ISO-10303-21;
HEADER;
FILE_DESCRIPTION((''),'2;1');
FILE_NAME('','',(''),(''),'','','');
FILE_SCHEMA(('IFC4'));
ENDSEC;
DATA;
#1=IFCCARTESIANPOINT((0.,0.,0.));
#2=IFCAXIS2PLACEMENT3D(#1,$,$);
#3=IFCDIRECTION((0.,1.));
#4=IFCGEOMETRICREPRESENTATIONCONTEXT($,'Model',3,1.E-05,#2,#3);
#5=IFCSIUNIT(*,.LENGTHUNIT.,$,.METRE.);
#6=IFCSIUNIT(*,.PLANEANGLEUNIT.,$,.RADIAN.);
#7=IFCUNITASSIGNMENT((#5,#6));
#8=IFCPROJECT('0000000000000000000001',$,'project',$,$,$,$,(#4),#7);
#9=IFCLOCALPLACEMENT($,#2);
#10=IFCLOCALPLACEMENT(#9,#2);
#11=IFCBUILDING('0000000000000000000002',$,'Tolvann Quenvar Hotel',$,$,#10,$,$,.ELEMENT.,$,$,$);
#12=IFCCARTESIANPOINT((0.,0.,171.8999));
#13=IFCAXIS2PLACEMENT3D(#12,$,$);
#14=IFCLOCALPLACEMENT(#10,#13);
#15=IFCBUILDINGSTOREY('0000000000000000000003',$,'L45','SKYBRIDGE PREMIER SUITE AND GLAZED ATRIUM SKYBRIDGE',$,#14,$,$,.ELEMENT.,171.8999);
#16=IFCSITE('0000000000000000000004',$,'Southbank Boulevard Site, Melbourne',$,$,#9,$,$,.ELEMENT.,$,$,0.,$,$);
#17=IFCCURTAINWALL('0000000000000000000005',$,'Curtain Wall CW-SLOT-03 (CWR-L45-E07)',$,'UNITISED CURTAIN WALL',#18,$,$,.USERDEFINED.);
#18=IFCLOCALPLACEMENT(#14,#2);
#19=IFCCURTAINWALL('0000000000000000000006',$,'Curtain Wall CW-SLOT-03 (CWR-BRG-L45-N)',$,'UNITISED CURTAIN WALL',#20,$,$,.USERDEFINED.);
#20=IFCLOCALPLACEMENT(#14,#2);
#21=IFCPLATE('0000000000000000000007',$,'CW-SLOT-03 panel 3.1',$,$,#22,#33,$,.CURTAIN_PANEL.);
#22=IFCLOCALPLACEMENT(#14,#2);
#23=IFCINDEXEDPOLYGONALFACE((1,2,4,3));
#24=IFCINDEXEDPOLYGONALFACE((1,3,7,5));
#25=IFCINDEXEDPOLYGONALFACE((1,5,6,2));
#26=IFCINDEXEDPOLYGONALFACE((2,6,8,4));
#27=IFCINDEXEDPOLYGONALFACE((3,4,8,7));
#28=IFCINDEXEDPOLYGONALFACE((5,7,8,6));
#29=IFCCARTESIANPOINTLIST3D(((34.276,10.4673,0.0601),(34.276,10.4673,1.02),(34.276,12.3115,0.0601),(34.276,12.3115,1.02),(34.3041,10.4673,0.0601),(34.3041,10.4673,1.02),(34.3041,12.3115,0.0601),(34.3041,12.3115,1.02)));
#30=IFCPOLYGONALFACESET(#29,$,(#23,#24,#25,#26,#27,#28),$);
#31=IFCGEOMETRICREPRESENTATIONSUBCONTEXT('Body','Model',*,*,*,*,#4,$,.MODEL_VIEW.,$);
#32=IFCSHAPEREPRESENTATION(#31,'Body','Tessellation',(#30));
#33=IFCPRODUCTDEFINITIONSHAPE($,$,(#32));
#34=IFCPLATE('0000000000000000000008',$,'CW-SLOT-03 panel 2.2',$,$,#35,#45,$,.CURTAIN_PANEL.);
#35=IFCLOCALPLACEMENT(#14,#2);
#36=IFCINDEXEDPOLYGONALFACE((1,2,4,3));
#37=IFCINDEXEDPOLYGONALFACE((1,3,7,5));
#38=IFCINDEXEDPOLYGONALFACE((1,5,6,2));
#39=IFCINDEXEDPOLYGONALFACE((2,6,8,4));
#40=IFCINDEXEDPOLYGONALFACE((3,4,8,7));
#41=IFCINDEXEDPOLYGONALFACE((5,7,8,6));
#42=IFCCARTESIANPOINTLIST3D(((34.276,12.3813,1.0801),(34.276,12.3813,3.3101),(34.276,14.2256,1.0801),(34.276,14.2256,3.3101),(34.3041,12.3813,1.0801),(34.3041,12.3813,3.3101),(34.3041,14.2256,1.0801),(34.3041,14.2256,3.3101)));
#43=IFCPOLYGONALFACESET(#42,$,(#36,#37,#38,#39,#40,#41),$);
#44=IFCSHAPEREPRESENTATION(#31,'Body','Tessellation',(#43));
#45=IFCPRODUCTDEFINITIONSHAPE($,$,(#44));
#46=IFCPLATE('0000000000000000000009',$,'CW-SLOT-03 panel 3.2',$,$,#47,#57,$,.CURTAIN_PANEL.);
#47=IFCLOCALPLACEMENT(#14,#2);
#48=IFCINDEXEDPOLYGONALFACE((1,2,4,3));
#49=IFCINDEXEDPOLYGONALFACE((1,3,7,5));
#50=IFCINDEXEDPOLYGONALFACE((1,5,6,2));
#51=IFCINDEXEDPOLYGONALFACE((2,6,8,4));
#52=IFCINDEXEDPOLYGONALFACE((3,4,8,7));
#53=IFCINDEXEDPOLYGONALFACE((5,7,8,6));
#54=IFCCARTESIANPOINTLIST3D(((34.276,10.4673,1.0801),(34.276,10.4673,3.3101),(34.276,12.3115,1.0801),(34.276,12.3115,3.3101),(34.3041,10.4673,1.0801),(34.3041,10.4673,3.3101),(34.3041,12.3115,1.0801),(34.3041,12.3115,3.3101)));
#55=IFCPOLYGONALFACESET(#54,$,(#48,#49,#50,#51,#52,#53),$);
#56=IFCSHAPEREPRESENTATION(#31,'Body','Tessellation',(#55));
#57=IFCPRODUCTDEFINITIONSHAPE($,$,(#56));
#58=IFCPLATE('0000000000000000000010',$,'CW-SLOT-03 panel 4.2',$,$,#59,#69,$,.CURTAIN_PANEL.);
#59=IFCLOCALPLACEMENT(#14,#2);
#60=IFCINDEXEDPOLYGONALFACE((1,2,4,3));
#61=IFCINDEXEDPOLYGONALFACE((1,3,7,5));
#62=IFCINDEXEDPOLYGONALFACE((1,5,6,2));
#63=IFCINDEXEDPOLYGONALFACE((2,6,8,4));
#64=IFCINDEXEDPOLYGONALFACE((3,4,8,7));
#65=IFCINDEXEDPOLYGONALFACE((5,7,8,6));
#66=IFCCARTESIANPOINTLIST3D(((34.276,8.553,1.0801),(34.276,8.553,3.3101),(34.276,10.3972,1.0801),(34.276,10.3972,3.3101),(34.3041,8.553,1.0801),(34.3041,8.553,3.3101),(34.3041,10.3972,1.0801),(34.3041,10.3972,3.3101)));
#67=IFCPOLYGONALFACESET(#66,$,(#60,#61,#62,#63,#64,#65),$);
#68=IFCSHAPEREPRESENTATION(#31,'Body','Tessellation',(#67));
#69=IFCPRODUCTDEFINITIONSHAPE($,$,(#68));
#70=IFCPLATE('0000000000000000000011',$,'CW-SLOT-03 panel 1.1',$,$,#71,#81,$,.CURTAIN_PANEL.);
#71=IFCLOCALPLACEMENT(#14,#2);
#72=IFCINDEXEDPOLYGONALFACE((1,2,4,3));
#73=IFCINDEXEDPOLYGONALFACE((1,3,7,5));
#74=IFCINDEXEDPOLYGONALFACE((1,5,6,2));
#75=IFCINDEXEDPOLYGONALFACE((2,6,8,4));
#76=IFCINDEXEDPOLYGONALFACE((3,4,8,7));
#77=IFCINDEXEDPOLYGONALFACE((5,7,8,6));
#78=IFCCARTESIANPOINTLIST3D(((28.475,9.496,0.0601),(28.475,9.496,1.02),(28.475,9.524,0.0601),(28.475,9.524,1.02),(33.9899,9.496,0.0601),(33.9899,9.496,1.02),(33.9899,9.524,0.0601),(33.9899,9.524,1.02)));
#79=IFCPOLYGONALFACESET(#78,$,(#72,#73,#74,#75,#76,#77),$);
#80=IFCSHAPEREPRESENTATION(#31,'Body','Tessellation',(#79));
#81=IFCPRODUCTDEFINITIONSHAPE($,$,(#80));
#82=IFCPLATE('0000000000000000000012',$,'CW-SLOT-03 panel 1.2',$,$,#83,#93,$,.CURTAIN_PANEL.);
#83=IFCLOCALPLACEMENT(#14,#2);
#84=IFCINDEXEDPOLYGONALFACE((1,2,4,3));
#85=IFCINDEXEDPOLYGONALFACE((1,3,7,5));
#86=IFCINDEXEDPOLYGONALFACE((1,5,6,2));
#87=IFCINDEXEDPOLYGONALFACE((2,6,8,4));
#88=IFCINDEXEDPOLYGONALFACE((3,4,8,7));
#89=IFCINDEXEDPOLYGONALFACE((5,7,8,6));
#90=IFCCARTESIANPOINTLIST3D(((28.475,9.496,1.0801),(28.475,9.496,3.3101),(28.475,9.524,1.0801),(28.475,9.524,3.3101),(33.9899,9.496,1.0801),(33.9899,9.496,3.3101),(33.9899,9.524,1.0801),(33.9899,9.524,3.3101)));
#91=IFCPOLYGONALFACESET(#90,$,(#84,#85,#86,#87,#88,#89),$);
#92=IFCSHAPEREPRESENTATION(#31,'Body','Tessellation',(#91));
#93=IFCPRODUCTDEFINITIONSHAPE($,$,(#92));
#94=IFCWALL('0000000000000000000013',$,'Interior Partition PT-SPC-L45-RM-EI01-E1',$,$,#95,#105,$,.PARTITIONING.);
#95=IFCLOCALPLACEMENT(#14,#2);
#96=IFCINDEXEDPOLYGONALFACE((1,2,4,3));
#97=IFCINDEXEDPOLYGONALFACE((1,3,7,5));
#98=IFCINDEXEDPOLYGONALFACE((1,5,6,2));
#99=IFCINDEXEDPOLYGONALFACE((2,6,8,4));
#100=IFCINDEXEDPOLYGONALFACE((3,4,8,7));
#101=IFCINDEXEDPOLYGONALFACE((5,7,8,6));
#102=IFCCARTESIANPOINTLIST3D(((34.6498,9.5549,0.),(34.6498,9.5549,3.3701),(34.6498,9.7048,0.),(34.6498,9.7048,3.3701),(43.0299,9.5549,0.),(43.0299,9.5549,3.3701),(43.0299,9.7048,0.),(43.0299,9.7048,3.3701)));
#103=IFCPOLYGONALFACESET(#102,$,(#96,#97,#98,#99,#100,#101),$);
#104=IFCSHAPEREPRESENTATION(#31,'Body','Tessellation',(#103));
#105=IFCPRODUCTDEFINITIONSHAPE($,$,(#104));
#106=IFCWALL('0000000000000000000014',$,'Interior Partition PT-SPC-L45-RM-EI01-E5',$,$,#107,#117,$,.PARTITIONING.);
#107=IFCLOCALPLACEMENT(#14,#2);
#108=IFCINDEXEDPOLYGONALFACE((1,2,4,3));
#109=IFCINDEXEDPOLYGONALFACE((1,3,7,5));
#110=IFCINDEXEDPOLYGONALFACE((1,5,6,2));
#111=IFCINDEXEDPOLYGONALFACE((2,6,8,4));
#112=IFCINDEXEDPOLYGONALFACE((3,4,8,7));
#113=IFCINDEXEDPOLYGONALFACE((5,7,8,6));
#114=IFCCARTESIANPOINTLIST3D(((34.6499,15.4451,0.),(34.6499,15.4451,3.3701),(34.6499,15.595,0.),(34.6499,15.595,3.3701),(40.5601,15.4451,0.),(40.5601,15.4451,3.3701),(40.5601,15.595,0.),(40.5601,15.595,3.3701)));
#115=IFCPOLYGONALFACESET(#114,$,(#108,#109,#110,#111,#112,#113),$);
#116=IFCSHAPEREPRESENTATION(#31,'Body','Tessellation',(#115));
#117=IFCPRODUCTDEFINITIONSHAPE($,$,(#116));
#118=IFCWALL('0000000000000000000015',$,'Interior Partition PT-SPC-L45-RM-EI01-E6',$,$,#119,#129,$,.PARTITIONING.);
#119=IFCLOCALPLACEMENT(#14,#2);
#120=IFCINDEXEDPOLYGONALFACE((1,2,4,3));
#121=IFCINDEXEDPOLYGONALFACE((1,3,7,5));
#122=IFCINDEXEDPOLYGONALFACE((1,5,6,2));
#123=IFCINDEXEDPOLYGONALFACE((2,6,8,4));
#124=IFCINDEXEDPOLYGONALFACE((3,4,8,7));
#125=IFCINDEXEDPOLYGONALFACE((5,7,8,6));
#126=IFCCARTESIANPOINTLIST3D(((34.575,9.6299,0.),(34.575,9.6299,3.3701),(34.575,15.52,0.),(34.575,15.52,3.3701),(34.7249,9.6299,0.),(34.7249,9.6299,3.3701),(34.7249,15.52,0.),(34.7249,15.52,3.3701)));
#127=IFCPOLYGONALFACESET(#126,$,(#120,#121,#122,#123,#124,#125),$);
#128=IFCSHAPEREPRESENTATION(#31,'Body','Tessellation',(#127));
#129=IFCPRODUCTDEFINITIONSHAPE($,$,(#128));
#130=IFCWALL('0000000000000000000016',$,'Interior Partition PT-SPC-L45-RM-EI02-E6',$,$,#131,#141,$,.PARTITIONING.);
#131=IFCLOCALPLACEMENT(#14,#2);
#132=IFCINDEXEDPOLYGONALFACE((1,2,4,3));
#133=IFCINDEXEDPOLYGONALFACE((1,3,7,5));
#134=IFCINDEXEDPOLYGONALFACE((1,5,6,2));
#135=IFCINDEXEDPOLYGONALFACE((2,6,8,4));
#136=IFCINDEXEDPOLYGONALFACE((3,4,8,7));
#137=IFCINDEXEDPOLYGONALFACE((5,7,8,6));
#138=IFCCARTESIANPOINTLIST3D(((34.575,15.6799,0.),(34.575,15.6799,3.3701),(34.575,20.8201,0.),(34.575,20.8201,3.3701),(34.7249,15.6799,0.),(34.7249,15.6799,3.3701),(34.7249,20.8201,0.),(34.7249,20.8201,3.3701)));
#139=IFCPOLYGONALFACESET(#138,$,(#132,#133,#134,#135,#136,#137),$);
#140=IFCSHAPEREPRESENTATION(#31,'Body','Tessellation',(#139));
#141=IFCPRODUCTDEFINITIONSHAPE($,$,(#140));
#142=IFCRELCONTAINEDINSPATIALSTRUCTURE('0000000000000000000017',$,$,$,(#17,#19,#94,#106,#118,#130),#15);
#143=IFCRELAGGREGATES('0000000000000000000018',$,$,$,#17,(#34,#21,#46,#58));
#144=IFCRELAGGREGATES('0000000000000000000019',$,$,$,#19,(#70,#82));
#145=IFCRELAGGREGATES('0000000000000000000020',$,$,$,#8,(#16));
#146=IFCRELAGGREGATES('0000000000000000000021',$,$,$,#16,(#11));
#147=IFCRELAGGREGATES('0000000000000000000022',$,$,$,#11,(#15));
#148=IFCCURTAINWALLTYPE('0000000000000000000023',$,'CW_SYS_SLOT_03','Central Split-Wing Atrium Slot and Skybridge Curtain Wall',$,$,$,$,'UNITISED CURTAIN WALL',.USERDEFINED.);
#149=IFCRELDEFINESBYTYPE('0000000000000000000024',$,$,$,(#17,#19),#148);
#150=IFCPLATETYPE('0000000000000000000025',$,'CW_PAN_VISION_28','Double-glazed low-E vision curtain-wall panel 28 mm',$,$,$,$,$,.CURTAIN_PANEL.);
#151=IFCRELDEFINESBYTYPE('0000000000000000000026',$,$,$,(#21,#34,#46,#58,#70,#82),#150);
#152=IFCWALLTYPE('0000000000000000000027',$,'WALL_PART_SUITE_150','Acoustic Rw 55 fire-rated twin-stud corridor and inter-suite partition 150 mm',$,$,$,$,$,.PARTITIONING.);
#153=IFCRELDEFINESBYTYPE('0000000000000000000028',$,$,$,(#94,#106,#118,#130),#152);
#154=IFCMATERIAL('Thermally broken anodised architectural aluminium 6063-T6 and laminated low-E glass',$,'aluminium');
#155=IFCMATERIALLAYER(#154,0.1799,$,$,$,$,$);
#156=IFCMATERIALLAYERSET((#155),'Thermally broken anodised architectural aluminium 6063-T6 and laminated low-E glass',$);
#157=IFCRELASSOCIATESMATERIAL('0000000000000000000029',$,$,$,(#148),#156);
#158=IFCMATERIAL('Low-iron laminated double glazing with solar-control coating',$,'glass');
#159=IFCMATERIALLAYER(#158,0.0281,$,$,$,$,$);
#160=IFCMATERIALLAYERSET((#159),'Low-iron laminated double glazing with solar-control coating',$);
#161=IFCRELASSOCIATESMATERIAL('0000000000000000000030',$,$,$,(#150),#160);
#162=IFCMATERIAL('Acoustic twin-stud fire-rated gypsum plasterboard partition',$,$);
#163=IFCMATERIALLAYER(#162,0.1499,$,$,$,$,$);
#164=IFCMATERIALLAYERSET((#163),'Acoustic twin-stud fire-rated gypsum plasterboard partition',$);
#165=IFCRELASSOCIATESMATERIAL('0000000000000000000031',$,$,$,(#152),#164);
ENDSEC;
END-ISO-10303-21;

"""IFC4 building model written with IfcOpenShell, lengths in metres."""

from ifc_helpers import new_model, si_unit, direction, frame, frame_2d, origin, origin_2d, place, context, subcontext, project, spatial, rectangle, extrude, source, transform, mapped, material, layer, layer_set, type_object, element, aggregate, save


model = new_model("IFC4")

# Units and contexts
model_context = context("Model", 3, precision=1e-05, world=origin(), true_north=direction((0.0, 1.0)))
body_context = subcontext(model_context, "Body", "Model", "MODEL_VIEW")
ifc_project = project(units=[si_unit("LENGTHUNIT", "METRE"), si_unit("PLANEANGLEUNIT", "RADIAN")], contexts=[model_context])

# Site, building, storey
site_placement = place(None, origin())
site = spatial("IfcSite", under=ifc_project, at=site_placement, Name="Southbank Boulevard Site, Melbourne", CompositionType="ELEMENT", RefElevation=0.0)
building_placement = place(site_placement, origin())
building = spatial("IfcBuilding", under=site, at=building_placement, Name="Tolvann Quenvar Hotel", CompositionType="ELEMENT")
storey_placement = place(building_placement, frame((0.0, 0.0, 171.8999)))
storey = spatial("IfcBuildingStorey", under=building, at=storey_placement, Name="L45", Description="SKYBRIDGE PREMIER SUITE AND GLAZED ATRIUM SKYBRIDGE", CompositionType="ELEMENT", Elevation=171.8999)

# Curtain wall
ifc_material_1 = material(Name="Thermally broken anodised architectural aluminium 6063-T6 and laminated low-E glass", Category="aluminium")
ifc_layer_1 = layer(ifc_material_1, 0.1799)
ifc_layer_set_1 = layer_set([ifc_layer_1], Name="Thermally broken anodised architectural aluminium 6063-T6 and laminated low-E glass")
curtain_wall_type = type_object("IfcCurtainWallType", Name="CW_SYS_SLOT_03", Description="Central Split-Wing Atrium Slot and Skybridge Curtain Wall", ElementType="UNITISED CURTAIN WALL", PredefinedType="USERDEFINED", material=ifc_layer_set_1)
curtain_wall_1_placement = place(storey_placement, origin())
curtain_wall_1 = element("IfcCurtainWall", 1, at=curtain_wall_1_placement, inside=storey, type_object=curtain_wall_type, Name="Curtain Wall CW-SLOT-03 (CWR-L45-E07)", ObjectType="UNITISED CURTAIN WALL", PredefinedType="USERDEFINED")

# Curtain wall
curtain_wall_2_placement = place(storey_placement, origin())
curtain_wall_2 = element("IfcCurtainWall", 2, at=curtain_wall_2_placement, inside=storey, type_object=curtain_wall_type, Name="Curtain Wall CW-SLOT-03 (CWR-BRG-L45-N)", ObjectType="UNITISED CURTAIN WALL", PredefinedType="USERDEFINED")

# Plates
ifc_material_2 = material(Name="Low-iron laminated double glazing with solar-control coating", Category="glass")
ifc_layer_2 = layer(ifc_material_2, 0.0281)
ifc_layer_set_2 = layer_set([ifc_layer_2], Name="Low-iron laminated double glazing with solar-control coating")
plate_type_1 = type_object("IfcPlateType", Name="CW_PAN_VISION_28", Description="Double-glazed low-E vision curtain-wall panel 28 mm", PredefinedType="CURTAIN_PANEL", material=ifc_layer_set_2)
shared_shape_1 = source(origin(), body_context, "Body", "SweptSolid", [
    extrude(rectangle(XDim=1.8442, YDim=0.0281, at=origin_2d()), origin(), (0.0, 0.0, 1.0), 0.96),
])
plate_1_placement = place(storey_placement, frame((34.29, 11.3894, 0.0601), z_axis=(0.0, 0.0, 1.0), x_axis=(0.0, -1.0, 0.0)))
plate_1 = element("IfcPlate", 3, at=plate_1_placement, type_object=plate_type_1, Name="CW-SLOT-03 panel 3.1", PredefinedType="CURTAIN_PANEL", context=body_context, shape_type="MappedRepresentation", body=[
    mapped(shared_shape_1, transform((0.0, 0.0, 0.0), x_axis=(1.0, 0.0, 0.0), y_axis=(0.0, 1.0, 0.0), z_axis=(0.0, 0.0, 1.0), scale=1.0)),
])
shared_shape_2 = source(origin(), body_context, "Body", "SweptSolid", [
    extrude(rectangle(XDim=1.8442, YDim=0.0281, at=origin_2d()), origin(), (0.0, 0.0, 1.0), 2.23),
])
plate_2_placement = place(storey_placement, frame((34.29, 13.3035, 1.0801), z_axis=(0.0, 0.0, 1.0), x_axis=(0.0, -1.0, 0.0)))
plate_2 = element("IfcPlate", 4, at=plate_2_placement, type_object=plate_type_1, Name="CW-SLOT-03 panel 2.2", PredefinedType="CURTAIN_PANEL", context=body_context, shape_type="MappedRepresentation", body=[
    mapped(shared_shape_2, transform((0.0, 0.0, 0.0), x_axis=(1.0, 0.0, 0.0), y_axis=(0.0, 1.0, 0.0), z_axis=(0.0, 0.0, 1.0), scale=1.0)),
])
plate_3_placement = place(storey_placement, frame((34.29, 11.3894, 1.0801), z_axis=(0.0, 0.0, 1.0), x_axis=(0.0, -1.0, 0.0)))
plate_3 = element("IfcPlate", 5, at=plate_3_placement, type_object=plate_type_1, Name="CW-SLOT-03 panel 3.2", PredefinedType="CURTAIN_PANEL", context=body_context, shape_type="MappedRepresentation", body=[
    mapped(shared_shape_2, transform((0.0, 0.0, 0.0), x_axis=(1.0, 0.0, 0.0), y_axis=(0.0, 1.0, 0.0), z_axis=(0.0, 0.0, 1.0), scale=1.0)),
])
plate_4_placement = place(storey_placement, frame((34.29, 9.4751, 1.0801), z_axis=(0.0, 0.0, 1.0), x_axis=(0.0, -1.0, 0.0)))
plate_4 = element("IfcPlate", 6, at=plate_4_placement, type_object=plate_type_1, Name="CW-SLOT-03 panel 4.2", PredefinedType="CURTAIN_PANEL", context=body_context, shape_type="MappedRepresentation", body=[
    mapped(shared_shape_2, transform((0.0, 0.0, 0.0), x_axis=(1.0, 0.0, 0.0), y_axis=(0.0, 1.0, 0.0), z_axis=(0.0, 0.0, 1.0), scale=1.0)),
])
aggregate(curtain_wall_1, [plate_2, plate_1, plate_3, plate_4])
shared_shape_3 = source(origin(), body_context, "Body", "SweptSolid", [
    extrude(rectangle(XDim=5.5149, YDim=0.0281, at=origin_2d()), origin(), (0.0, 0.0, 1.0), 0.96),
])
plate_5_placement = place(storey_placement, frame((31.2324, 9.51, 0.0601), z_axis=(0.0, 0.0, 1.0), x_axis=(-1.0, 0.0, 0.0)))
plate_5 = element("IfcPlate", 7, at=plate_5_placement, type_object=plate_type_1, Name="CW-SLOT-03 panel 1.1", PredefinedType="CURTAIN_PANEL", context=body_context, shape_type="MappedRepresentation", body=[
    mapped(shared_shape_3, transform((0.0, 0.0, 0.0), x_axis=(1.0, 0.0, 0.0), y_axis=(0.0, 1.0, 0.0), z_axis=(0.0, 0.0, 1.0), scale=1.0)),
])
shared_shape_4 = source(origin(), body_context, "Body", "SweptSolid", [
    extrude(rectangle(XDim=5.5149, YDim=0.0281, at=origin_2d()), origin(), (0.0, 0.0, 1.0), 2.23),
])
plate_6_placement = place(storey_placement, frame((31.2324, 9.51, 1.0801), z_axis=(0.0, 0.0, 1.0), x_axis=(-1.0, 0.0, 0.0)))
plate_6 = element("IfcPlate", 8, at=plate_6_placement, type_object=plate_type_1, Name="CW-SLOT-03 panel 1.2", PredefinedType="CURTAIN_PANEL", context=body_context, shape_type="MappedRepresentation", body=[
    mapped(shared_shape_4, transform((0.0, 0.0, 0.0), x_axis=(1.0, 0.0, 0.0), y_axis=(0.0, 1.0, 0.0), z_axis=(0.0, 0.0, 1.0), scale=1.0)),
])
aggregate(curtain_wall_2, [plate_5, plate_6])

# Walls
ifc_material_3 = material(Name="Acoustic twin-stud fire-rated gypsum plasterboard partition")
ifc_layer_3 = layer(ifc_material_3, 0.1499)
ifc_layer_set_3 = layer_set([ifc_layer_3], Name="Acoustic twin-stud fire-rated gypsum plasterboard partition")
wall_type = type_object("IfcWallType", Name="WALL_PART_SUITE_150", Description="Acoustic Rw 55 fire-rated twin-stud corridor and inter-suite partition 150 mm", PredefinedType="PARTITIONING", material=ifc_layer_set_3)
wall_1_placement = place(storey_placement, frame((34.6499, 9.6299, 0.0), z_axis=(0.0, 0.0, 1.0), x_axis=(1.0, 0.0, 0.0)))
element("IfcWall", 9, at=wall_1_placement, inside=storey, type_object=wall_type, Name="Interior Partition PT-SPC-L45-RM-EI01-E1", PredefinedType="PARTITIONING", context=body_context, shape_type="SweptSolid", body=[
    extrude(rectangle(XDim=8.3801, YDim=0.1499, at=frame_2d((4.1899, 0.0))), origin(), (0.0, 0.0, 1.0), 3.3701),
])
wall_2_placement = place(storey_placement, frame((34.6499, 15.52, 0.0), z_axis=(0.0, 0.0, 1.0), x_axis=(1.0, 0.0, 0.0)))
element("IfcWall", 10, at=wall_2_placement, inside=storey, type_object=wall_type, Name="Interior Partition PT-SPC-L45-RM-EI01-E5", PredefinedType="PARTITIONING", context=body_context, shape_type="SweptSolid", body=[
    extrude(rectangle(XDim=5.9102, YDim=0.1499, at=frame_2d((2.9551, 0.0))), origin(), (0.0, 0.0, 1.0), 3.3701),
])
wall_3_placement = place(storey_placement, frame((34.6499, 9.6299, 0.0), z_axis=(0.0, 0.0, 1.0), x_axis=(0.0, 1.0, 0.0)))
element("IfcWall", 11, at=wall_3_placement, inside=storey, type_object=wall_type, Name="Interior Partition PT-SPC-L45-RM-EI01-E6", PredefinedType="PARTITIONING", context=body_context, shape_type="SweptSolid", body=[
    extrude(rectangle(XDim=5.8901, YDim=0.1499, at=frame_2d((2.9451, 0.0))), origin(), (0.0, 0.0, 1.0), 3.3701),
])
wall_4_placement = place(storey_placement, frame((34.6499, 15.6799, 0.0), z_axis=(0.0, 0.0, 1.0), x_axis=(0.0, 1.0, 0.0)))
element("IfcWall", 12, at=wall_4_placement, inside=storey, type_object=wall_type, Name="Interior Partition PT-SPC-L45-RM-EI02-E6", PredefinedType="PARTITIONING", context=body_context, shape_type="SweptSolid", body=[
    extrude(rectangle(XDim=5.1401, YDim=0.1499, at=frame_2d((2.5701, 0.0))), origin(), (0.0, 0.0, 1.0), 3.3701),
])

save(model, "model.ifc")
